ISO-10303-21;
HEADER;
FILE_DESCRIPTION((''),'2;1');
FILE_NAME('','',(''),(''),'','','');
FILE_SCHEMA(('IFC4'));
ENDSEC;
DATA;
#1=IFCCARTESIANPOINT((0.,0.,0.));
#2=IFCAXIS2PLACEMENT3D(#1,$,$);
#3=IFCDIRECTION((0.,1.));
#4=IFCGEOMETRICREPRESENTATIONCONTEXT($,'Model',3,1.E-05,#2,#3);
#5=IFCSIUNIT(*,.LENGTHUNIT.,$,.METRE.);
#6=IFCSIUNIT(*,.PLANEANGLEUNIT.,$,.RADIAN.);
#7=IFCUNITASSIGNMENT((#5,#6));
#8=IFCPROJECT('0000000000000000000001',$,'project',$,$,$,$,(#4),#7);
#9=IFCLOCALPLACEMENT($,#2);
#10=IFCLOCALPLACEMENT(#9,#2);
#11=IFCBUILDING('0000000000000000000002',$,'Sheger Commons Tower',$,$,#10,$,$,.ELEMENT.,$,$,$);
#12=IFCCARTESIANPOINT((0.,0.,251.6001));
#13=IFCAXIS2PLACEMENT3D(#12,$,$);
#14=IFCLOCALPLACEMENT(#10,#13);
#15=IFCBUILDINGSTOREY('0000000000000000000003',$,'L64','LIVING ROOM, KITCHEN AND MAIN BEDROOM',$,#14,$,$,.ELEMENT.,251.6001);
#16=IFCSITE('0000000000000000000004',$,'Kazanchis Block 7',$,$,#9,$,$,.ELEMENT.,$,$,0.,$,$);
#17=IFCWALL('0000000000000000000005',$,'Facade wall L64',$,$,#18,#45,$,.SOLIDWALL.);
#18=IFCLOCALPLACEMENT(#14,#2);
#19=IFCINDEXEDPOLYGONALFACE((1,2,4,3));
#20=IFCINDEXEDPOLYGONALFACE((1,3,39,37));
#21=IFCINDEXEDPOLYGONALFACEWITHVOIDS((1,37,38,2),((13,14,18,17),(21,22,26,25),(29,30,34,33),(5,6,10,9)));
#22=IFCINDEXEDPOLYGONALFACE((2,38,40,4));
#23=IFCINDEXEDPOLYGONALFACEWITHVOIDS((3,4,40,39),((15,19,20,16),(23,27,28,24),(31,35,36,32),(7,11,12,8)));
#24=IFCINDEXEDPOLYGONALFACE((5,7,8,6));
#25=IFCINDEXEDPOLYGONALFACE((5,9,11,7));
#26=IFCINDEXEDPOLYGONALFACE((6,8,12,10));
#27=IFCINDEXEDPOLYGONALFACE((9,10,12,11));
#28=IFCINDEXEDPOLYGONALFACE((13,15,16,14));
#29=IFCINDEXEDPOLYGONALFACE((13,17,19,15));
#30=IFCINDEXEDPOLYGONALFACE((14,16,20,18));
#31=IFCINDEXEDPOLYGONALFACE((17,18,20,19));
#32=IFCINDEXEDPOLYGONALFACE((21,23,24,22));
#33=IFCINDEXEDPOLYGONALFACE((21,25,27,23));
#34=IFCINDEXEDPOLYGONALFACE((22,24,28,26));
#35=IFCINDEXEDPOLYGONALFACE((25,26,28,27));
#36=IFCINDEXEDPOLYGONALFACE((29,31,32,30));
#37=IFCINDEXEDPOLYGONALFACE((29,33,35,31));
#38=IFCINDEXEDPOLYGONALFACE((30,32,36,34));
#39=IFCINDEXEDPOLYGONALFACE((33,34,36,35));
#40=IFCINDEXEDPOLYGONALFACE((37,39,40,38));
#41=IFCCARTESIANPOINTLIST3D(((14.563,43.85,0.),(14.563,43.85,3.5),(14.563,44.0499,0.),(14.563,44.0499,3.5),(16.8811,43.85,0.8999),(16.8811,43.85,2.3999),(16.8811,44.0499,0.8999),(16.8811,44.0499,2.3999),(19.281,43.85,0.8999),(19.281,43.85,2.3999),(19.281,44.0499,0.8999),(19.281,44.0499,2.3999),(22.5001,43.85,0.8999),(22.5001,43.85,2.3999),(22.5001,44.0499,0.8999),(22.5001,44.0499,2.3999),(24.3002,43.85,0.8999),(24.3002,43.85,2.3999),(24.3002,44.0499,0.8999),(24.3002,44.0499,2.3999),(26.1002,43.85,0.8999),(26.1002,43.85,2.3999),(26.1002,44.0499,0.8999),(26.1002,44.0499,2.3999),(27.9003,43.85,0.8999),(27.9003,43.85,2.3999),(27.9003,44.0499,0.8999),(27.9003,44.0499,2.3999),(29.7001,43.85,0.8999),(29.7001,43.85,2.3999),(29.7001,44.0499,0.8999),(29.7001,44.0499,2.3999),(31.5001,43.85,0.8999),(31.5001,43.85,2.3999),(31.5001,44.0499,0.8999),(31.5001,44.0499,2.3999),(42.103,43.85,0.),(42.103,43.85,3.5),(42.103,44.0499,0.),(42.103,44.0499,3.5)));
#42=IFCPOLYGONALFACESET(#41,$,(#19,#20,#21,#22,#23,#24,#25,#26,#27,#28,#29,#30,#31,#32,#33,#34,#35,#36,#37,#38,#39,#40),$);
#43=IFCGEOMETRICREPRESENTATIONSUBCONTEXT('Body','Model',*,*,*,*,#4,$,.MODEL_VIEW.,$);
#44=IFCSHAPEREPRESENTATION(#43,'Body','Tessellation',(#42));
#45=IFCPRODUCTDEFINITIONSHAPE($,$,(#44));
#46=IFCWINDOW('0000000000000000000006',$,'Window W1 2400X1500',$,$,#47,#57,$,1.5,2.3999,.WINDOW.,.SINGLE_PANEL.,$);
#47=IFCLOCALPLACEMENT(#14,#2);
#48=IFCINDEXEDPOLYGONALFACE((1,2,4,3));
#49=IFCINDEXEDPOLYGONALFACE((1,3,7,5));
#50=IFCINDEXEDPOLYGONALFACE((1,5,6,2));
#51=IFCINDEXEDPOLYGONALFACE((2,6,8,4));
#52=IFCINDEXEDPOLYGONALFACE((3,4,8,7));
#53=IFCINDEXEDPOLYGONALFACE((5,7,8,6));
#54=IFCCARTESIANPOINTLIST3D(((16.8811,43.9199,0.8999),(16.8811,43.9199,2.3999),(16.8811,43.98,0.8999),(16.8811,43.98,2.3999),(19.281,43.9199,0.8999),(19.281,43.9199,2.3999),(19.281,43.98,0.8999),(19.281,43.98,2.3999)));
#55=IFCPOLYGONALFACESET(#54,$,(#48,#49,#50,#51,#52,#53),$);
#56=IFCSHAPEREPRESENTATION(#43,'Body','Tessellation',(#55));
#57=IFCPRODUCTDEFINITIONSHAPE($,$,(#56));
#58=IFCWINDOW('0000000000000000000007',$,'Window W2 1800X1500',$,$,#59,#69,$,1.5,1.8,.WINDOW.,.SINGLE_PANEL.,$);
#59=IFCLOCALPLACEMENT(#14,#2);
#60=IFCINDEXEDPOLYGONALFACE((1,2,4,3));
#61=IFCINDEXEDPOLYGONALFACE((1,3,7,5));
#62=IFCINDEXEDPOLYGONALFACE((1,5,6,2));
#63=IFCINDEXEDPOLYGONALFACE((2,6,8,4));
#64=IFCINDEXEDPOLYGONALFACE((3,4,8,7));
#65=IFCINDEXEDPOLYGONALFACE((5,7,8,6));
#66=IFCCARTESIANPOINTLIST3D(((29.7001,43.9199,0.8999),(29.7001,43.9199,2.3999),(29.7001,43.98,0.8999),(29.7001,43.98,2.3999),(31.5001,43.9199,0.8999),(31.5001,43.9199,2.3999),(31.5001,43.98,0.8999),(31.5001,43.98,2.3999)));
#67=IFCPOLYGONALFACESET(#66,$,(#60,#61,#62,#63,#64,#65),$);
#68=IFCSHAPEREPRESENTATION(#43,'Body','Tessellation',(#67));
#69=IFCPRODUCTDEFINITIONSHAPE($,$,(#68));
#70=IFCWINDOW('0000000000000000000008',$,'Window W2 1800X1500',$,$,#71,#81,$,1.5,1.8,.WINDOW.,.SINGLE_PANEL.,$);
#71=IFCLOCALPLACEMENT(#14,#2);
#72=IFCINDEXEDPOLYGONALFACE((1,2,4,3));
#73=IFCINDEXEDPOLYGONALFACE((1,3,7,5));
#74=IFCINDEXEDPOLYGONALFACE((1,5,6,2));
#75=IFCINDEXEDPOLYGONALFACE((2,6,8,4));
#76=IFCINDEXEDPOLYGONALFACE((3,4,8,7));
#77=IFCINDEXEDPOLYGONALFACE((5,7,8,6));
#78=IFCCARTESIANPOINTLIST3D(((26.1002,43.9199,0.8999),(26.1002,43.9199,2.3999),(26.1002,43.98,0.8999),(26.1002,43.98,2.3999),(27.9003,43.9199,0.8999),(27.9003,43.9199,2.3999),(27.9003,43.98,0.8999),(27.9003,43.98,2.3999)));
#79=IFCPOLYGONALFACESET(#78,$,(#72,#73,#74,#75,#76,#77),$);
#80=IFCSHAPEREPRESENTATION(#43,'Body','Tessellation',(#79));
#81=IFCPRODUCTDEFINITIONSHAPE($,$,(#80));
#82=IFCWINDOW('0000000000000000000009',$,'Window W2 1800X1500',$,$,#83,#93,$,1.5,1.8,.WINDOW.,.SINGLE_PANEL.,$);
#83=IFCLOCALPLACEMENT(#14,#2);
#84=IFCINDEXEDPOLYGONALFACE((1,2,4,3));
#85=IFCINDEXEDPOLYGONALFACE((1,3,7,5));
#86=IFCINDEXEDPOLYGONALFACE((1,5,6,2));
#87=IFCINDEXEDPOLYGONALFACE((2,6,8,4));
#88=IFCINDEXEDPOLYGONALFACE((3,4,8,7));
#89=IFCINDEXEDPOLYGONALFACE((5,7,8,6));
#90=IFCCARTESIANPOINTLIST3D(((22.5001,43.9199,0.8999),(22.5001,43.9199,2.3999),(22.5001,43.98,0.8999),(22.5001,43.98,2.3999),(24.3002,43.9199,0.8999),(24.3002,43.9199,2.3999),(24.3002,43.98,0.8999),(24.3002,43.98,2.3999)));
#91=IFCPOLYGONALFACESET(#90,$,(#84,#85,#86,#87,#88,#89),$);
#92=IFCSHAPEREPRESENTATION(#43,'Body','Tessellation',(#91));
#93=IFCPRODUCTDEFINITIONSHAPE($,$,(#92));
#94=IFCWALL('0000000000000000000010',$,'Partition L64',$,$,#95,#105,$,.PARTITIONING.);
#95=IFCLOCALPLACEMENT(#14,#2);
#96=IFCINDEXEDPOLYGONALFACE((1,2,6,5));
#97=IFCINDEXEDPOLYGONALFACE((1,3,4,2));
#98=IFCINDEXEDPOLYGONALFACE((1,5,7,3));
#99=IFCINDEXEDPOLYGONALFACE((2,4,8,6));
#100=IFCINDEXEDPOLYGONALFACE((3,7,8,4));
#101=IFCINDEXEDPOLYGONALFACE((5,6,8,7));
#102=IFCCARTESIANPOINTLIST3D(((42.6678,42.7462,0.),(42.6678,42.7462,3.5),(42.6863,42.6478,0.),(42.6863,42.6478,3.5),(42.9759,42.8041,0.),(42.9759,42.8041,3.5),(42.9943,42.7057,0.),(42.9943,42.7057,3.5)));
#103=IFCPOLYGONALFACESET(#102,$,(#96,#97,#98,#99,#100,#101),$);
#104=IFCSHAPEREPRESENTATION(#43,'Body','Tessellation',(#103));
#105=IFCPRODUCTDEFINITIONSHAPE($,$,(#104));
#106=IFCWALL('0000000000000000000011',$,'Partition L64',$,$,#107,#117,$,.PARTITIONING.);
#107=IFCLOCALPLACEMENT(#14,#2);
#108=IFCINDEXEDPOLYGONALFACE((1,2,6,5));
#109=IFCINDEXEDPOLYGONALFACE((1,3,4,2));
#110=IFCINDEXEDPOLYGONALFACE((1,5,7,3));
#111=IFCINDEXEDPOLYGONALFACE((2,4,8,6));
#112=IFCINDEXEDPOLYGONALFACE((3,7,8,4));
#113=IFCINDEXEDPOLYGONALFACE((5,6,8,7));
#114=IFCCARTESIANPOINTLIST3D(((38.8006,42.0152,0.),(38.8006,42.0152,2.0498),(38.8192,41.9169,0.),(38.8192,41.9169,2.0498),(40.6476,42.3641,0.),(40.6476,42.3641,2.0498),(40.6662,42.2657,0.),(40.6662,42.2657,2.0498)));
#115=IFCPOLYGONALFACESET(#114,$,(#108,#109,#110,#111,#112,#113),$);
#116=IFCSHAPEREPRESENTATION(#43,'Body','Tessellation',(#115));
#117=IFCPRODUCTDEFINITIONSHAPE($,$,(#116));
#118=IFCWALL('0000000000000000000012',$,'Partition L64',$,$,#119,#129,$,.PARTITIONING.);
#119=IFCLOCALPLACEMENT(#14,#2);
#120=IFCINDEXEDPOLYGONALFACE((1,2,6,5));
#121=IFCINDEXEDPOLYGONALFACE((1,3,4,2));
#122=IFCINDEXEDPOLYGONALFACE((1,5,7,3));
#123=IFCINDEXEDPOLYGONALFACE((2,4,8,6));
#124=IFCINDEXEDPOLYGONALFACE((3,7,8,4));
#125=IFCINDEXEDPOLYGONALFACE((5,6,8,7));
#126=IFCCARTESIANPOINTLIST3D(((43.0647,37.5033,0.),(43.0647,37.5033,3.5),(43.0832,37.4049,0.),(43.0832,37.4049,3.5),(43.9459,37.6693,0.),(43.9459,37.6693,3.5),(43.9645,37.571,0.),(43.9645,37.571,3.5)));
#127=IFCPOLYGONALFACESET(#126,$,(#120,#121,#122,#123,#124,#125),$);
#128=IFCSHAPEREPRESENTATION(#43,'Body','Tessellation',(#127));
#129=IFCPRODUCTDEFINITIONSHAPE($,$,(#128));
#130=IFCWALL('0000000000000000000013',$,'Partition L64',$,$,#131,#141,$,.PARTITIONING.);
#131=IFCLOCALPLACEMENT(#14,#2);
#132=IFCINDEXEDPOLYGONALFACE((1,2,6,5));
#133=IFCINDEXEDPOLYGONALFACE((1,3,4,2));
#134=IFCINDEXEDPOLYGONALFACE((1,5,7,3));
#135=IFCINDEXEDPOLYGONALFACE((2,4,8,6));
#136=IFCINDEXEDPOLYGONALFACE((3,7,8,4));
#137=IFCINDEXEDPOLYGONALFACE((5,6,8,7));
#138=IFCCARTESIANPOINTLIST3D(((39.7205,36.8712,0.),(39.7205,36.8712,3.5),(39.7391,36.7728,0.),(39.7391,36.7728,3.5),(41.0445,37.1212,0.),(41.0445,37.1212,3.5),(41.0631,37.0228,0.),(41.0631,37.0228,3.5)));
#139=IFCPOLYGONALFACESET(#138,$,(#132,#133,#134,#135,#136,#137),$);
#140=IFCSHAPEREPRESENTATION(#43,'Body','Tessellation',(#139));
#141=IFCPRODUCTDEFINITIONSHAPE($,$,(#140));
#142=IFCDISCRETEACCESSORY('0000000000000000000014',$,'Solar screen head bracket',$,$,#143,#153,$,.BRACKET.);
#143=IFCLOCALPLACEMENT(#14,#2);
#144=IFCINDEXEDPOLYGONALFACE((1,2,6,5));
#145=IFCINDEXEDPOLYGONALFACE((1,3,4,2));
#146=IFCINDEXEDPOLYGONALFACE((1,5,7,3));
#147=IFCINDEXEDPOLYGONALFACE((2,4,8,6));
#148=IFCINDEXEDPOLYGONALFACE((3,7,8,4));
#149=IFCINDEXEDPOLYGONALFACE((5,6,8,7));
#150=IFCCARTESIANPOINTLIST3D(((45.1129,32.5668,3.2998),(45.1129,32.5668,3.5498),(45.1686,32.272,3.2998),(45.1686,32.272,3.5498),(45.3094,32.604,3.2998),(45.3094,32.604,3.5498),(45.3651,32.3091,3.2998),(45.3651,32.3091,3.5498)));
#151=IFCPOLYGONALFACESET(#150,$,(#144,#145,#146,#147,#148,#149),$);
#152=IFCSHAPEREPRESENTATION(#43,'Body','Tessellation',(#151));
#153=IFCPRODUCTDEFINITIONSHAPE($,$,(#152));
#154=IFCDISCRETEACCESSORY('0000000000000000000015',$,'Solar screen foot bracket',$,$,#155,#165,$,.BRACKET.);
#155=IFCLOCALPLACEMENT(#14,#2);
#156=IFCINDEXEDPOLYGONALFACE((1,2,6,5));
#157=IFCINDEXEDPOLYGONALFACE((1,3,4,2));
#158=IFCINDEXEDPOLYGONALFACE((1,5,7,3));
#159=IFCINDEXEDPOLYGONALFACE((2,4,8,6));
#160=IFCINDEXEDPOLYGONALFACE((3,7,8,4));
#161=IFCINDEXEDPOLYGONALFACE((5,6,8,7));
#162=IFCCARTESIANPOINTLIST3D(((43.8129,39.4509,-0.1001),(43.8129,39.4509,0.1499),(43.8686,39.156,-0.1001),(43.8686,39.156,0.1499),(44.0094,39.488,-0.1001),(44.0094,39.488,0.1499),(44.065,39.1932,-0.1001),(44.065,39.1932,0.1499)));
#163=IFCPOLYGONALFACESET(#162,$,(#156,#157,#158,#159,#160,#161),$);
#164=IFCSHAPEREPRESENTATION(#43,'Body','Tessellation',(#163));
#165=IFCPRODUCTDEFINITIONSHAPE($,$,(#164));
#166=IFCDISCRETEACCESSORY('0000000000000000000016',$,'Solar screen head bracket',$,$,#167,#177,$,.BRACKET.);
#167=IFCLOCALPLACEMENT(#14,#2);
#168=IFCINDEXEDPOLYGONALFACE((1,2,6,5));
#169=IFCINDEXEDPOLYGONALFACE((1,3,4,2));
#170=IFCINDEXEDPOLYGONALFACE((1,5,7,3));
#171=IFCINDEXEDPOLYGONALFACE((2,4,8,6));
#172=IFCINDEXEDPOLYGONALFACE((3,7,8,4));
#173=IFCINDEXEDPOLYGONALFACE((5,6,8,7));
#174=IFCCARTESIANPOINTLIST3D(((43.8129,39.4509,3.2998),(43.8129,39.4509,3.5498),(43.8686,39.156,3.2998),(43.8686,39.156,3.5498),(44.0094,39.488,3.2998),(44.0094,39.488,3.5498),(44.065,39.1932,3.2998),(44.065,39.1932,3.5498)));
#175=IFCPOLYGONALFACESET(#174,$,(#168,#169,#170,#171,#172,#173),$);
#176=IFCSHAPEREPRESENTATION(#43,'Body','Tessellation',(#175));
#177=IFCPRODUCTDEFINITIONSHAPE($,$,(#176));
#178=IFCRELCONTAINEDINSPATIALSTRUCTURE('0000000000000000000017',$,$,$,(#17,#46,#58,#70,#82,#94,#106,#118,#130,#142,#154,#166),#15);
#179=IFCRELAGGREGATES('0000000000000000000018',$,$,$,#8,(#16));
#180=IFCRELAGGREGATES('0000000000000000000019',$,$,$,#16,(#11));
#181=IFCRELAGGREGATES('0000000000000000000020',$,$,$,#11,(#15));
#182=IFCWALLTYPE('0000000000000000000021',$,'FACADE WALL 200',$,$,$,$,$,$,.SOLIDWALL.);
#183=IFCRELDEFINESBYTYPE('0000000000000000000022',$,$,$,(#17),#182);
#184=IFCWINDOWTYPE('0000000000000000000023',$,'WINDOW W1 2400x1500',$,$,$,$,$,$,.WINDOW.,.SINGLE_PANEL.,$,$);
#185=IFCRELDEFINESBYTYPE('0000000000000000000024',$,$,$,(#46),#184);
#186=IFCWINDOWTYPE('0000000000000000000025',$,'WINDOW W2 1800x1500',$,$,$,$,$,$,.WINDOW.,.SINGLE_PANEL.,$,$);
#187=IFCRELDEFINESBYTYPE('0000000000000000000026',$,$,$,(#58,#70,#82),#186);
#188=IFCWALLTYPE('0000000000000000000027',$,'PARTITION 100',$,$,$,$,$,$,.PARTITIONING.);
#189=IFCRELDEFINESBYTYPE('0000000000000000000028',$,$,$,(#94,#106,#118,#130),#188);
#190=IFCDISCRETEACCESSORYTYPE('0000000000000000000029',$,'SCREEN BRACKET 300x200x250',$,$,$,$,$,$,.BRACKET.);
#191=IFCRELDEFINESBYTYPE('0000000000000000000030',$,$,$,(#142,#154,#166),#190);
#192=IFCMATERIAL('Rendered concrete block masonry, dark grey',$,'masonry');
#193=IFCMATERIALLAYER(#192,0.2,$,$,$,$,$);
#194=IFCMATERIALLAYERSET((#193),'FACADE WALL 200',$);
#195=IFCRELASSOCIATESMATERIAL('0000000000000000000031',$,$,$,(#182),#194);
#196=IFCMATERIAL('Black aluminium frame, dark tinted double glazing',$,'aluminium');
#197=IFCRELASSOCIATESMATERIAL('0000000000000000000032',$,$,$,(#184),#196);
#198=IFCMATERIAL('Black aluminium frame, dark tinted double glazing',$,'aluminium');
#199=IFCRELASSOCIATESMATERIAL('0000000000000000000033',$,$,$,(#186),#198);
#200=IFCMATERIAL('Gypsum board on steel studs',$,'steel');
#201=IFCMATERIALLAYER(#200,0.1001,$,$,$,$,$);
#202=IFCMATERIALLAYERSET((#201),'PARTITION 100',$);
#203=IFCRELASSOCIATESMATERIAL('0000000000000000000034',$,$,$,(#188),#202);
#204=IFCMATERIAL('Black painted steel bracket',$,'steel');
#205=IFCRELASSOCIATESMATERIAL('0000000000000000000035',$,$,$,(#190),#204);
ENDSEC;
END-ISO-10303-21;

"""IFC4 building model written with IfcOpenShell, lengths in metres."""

from ifc_helpers import new_model, si_unit, direction, frame, frame_2d, origin, origin_2d, place, context, subcontext, project, spatial, rectangle, extrude, material, layer, layer_set, type_object, element, fill, save


model = new_model("IFC4")

# Units and contexts
model_context = context("Model", 3, precision=1e-05, world=origin(), true_north=direction((0.0, 1.0)))
body_context = subcontext(model_context, "Body", "Model", "MODEL_VIEW")
ifc_project = project(units=[si_unit("LENGTHUNIT", "METRE"), si_unit("PLANEANGLEUNIT", "RADIAN")], contexts=[model_context])

# Site, building, storey
site_placement = place(None, origin())
site = spatial("IfcSite", under=ifc_project, at=site_placement, Name="Kazanchis Block 7", CompositionType="ELEMENT", RefElevation=0.0)
building_placement = place(site_placement, origin())
building = spatial("IfcBuilding", under=site, at=building_placement, Name="Sheger Commons Tower", CompositionType="ELEMENT")
storey_placement = place(building_placement, frame((0.0, 0.0, 251.6001)))
storey = spatial("IfcBuildingStorey", under=building, at=storey_placement, Name="L64", Description="LIVING ROOM, KITCHEN AND MAIN BEDROOM", CompositionType="ELEMENT", Elevation=251.6001)

# Shared definitions
ifc_material_1 = material(Name="Rendered concrete block masonry, dark grey", Category="masonry")
ifc_layer_1 = layer(ifc_material_1, 0.2)
ifc_layer_set_1 = layer_set([ifc_layer_1], Name="FACADE WALL 200")
wall_type_1 = type_object("IfcWallType", Name="FACADE WALL 200", PredefinedType="SOLIDWALL", material=ifc_layer_set_1)

# Wall, openings, windows
wall_1_placement = place(storey_placement, frame((42.103, 43.95, 0.0), z_axis=(0.0, 0.0, 1.0), x_axis=(-1.0, 0.0, 0.0)))
wall_1 = element("IfcWall", 1, at=wall_1_placement, inside=storey, type_object=wall_type_1, Name="Facade wall L64", PredefinedType="SOLIDWALL", context=body_context, shape_type="SweptSolid", body=[
    extrude(rectangle(XDim=27.54, YDim=0.2, at=frame_2d((13.77, 0.0))), origin(), (0.0, 0.0, 1.0), 3.5),
])
opening_1_placement = place(wall_1_placement, frame((10.603, 0.0, 0.8999)))
opening_1 = element("IfcOpeningElement", 2, at=opening_1_placement, cuts=wall_1, PredefinedType="OPENING", context=body_context, shape_type="SweptSolid", body=[
    extrude(rectangle(XDim=1.8, YDim=1.5, at=frame_2d((0.8999, 0.75))), frame((0.0, 0.1099, 0.0), z_axis=(0.0, -1.0, 0.0), x_axis=(1.0, 0.0, 0.0)), (0.0, 0.0, 1.0), 0.22),
])
opening_2_placement = place(wall_1_placement, frame((14.2029, 0.0, 0.8999)))
opening_2 = element("IfcOpeningElement", 3, at=opening_2_placement, cuts=wall_1, PredefinedType="OPENING", context=body_context, shape_type="SweptSolid", body=[
    extrude(rectangle(XDim=1.8, YDim=1.5, at=frame_2d((0.8999, 0.75))), frame((0.0, 0.1099, 0.0), z_axis=(0.0, -1.0, 0.0), x_axis=(1.0, 0.0, 0.0)), (0.0, 0.0, 1.0), 0.22),
])
opening_3_placement = place(wall_1_placement, frame((17.803, 0.0, 0.8999)))
opening_3 = element("IfcOpeningElement", 4, at=opening_3_placement, cuts=wall_1, PredefinedType="OPENING", context=body_context, shape_type="SweptSolid", body=[
    extrude(rectangle(XDim=1.8, YDim=1.5, at=frame_2d((0.8999, 0.75))), frame((0.0, 0.1099, 0.0), z_axis=(0.0, -1.0, 0.0), x_axis=(1.0, 0.0, 0.0)), (0.0, 0.0, 1.0), 0.22),
])
opening_4_placement = place(wall_1_placement, frame((22.822, 0.0, 0.8999)))
opening_4 = element("IfcOpeningElement", 5, at=opening_4_placement, cuts=wall_1, PredefinedType="OPENING", context=body_context, shape_type="SweptSolid", body=[
    extrude(rectangle(XDim=2.3999, YDim=1.5, at=frame_2d((1.2, 0.75))), frame((0.0, 0.1099, 0.0), z_axis=(0.0, -1.0, 0.0), x_axis=(1.0, 0.0, 0.0)), (0.0, 0.0, 1.0), 0.22),
])
ifc_material_2 = material(Name="Black aluminium frame, dark tinted double glazing", Category="aluminium")
window_type_1 = type_object("IfcWindowType", Name="WINDOW W1 2400x1500", PartitioningType="SINGLE_PANEL", PredefinedType="WINDOW", material=ifc_material_2)
window_1_placement = place(opening_4_placement, origin())
window_1 = element("IfcWindow", 6, at=window_1_placement, inside=storey, type_object=window_type_1, Name="Window W1 2400X1500", OverallHeight=1.5, OverallWidth=2.3999, PartitioningType="SINGLE_PANEL", PredefinedType="WINDOW", context=body_context, shape_type="SweptSolid", body=[
    extrude(rectangle(XDim=2.3999, YDim=1.5, at=frame_2d((1.2, 0.75))), frame((0.0, 0.03, 0.0), z_axis=(0.0, -1.0, 0.0), x_axis=(1.0, 0.0, 0.0)), (0.0, 0.0, 1.0), 0.0601),
])
fill(opening_4, window_1)
ifc_material_3 = material(Name="Black aluminium frame, dark tinted double glazing", Category="aluminium")
window_type_2 = type_object("IfcWindowType", Name="WINDOW W2 1800x1500", PartitioningType="SINGLE_PANEL", PredefinedType="WINDOW", material=ifc_material_3)
window_2_placement = place(opening_1_placement, origin())
window_2 = element("IfcWindow", 7, at=window_2_placement, inside=storey, type_object=window_type_2, Name="Window W2 1800X1500", OverallHeight=1.5, OverallWidth=1.8, PartitioningType="SINGLE_PANEL", PredefinedType="WINDOW", context=body_context, shape_type="SweptSolid", body=[
    extrude(rectangle(XDim=1.8, YDim=1.5, at=frame_2d((0.8999, 0.75))), frame((0.0, 0.03, 0.0), z_axis=(0.0, -1.0, 0.0), x_axis=(1.0, 0.0, 0.0)), (0.0, 0.0, 1.0), 0.0601),
])
fill(opening_1, window_2)
window_3_placement = place(opening_2_placement, origin())
window_3 = element("IfcWindow", 8, at=window_3_placement, inside=storey, type_object=window_type_2, Name="Window W2 1800X1500", OverallHeight=1.5, OverallWidth=1.8, PartitioningType="SINGLE_PANEL", PredefinedType="WINDOW", context=body_context, shape_type="SweptSolid", body=[
    extrude(rectangle(XDim=1.8, YDim=1.5, at=frame_2d((0.8999, 0.75))), frame((0.0, 0.03, 0.0), z_axis=(0.0, -1.0, 0.0), x_axis=(1.0, 0.0, 0.0)), (0.0, 0.0, 1.0), 0.0601),
])
fill(opening_2, window_3)
window_4_placement = place(opening_3_placement, origin())
window_4 = element("IfcWindow", 9, at=window_4_placement, inside=storey, type_object=window_type_2, Name="Window W2 1800X1500", OverallHeight=1.5, OverallWidth=1.8, PartitioningType="SINGLE_PANEL", PredefinedType="WINDOW", context=body_context, shape_type="SweptSolid", body=[
    extrude(rectangle(XDim=1.8, YDim=1.5, at=frame_2d((0.8999, 0.75))), frame((0.0, 0.03, 0.0), z_axis=(0.0, -1.0, 0.0), x_axis=(1.0, 0.0, 0.0)), (0.0, 0.0, 1.0), 0.0601),
])
fill(opening_3, window_4)

# Walls
ifc_material_4 = material(Name="Gypsum board on steel studs", Category="steel")
ifc_layer_2 = layer(ifc_material_4, 0.1001)
ifc_layer_set_2 = layer_set([ifc_layer_2], Name="PARTITION 100")
wall_type_2 = type_object("IfcWallType", Name="PARTITION 100", PredefinedType="PARTITIONING", material=ifc_layer_set_2)
wall_2_placement = place(storey_placement, frame((42.9851, 42.7549, 0.0), z_axis=(0.0, 0.0, 1.0), x_axis=(-0.982819, -0.184571, 0.0)))
element("IfcWall", 10, at=wall_2_placement, inside=storey, type_object=wall_type_2, Name="Partition L64", PredefinedType="PARTITIONING", context=body_context, shape_type="SweptSolid", body=[
    extrude(rectangle(XDim=0.3135, YDim=0.1001, at=frame_2d((0.1567, 0.0))), origin(), (0.0, 0.0, 1.0), 3.5),
])
wall_3_placement = place(storey_placement, frame((40.657, 42.3149, 0.0), z_axis=(0.0, 0.0, 1.0), x_axis=(-0.982623, -0.185614, 0.0)))
element("IfcWall", 11, at=wall_3_placement, inside=storey, type_object=wall_type_2, Name="Partition L64", PredefinedType="PARTITIONING", context=body_context, shape_type="SweptSolid", body=[
    extrude(rectangle(XDim=1.8796, YDim=0.1001, at=frame_2d((0.9399, 0.0))), origin(), (0.0, 0.0, 1.0), 2.0498),
])
wall_4_placement = place(storey_placement, frame((43.9551, 37.6201, 0.0), z_axis=(0.0, 0.0, 1.0), x_axis=(-0.982708, -0.18516, 0.0)))
element("IfcWall", 12, at=wall_4_placement, inside=storey, type_object=wall_type_2, Name="Partition L64", PredefinedType="PARTITIONING", context=body_context, shape_type="SweptSolid", body=[
    extrude(rectangle(XDim=0.8967, YDim=0.1001, at=frame_2d((0.4482, 0.0))), origin(), (0.0, 0.0, 1.0), 3.5),
])
wall_5_placement = place(storey_placement, frame((41.054, 37.072, 0.0), z_axis=(0.0, 0.0, 1.0), x_axis=(-0.982635, -0.185547, 0.0)))
element("IfcWall", 13, at=wall_5_placement, inside=storey, type_object=wall_type_2, Name="Partition L64", PredefinedType="PARTITIONING", context=body_context, shape_type="SweptSolid", body=[
    extrude(rectangle(XDim=1.3474, YDim=0.1001, at=frame_2d((0.6738, 0.0))), origin(), (0.0, 0.0, 1.0), 3.5),
])

# Discrete accessories
ifc_material_5 = material(Name="Black painted steel bracket", Category="steel")
discrete_accessory_type = type_object("IfcDiscreteAccessoryType", Name="SCREEN BRACKET 300x200x250", PredefinedType="BRACKET", material=ifc_material_5)
for number, where, z_axis, x_axis, name in (
    (14, (45.239, 32.438, 3.2998), (0.0, 0.0, 1.0), (-0.185615, 0.982623, 0.0), "Solar screen head bracket"),
    (15, (43.939, 39.322, -0.1001), (0.0, 0.0, 1.0), (-0.185615, 0.982623, 0.0), "Solar screen foot bracket"),
    (16, (43.939, 39.322, 3.2998), (0.0, 0.0, 1.0), (-0.185615, 0.982623, 0.0), "Solar screen head bracket"),
):
    element("IfcDiscreteAccessory", number, at=place(storey_placement, frame(where, z_axis=z_axis, x_axis=x_axis)), inside=storey, type_object=discrete_accessory_type, Name=name, PredefinedType="BRACKET", context=body_context, shape_type="SweptSolid", body=[
        extrude(rectangle(XDim=0.3, YDim=0.2, at=origin_2d()), origin(), (0.0, 0.0, 1.0), 0.25),
    ])

save(model, "model.ifc")
